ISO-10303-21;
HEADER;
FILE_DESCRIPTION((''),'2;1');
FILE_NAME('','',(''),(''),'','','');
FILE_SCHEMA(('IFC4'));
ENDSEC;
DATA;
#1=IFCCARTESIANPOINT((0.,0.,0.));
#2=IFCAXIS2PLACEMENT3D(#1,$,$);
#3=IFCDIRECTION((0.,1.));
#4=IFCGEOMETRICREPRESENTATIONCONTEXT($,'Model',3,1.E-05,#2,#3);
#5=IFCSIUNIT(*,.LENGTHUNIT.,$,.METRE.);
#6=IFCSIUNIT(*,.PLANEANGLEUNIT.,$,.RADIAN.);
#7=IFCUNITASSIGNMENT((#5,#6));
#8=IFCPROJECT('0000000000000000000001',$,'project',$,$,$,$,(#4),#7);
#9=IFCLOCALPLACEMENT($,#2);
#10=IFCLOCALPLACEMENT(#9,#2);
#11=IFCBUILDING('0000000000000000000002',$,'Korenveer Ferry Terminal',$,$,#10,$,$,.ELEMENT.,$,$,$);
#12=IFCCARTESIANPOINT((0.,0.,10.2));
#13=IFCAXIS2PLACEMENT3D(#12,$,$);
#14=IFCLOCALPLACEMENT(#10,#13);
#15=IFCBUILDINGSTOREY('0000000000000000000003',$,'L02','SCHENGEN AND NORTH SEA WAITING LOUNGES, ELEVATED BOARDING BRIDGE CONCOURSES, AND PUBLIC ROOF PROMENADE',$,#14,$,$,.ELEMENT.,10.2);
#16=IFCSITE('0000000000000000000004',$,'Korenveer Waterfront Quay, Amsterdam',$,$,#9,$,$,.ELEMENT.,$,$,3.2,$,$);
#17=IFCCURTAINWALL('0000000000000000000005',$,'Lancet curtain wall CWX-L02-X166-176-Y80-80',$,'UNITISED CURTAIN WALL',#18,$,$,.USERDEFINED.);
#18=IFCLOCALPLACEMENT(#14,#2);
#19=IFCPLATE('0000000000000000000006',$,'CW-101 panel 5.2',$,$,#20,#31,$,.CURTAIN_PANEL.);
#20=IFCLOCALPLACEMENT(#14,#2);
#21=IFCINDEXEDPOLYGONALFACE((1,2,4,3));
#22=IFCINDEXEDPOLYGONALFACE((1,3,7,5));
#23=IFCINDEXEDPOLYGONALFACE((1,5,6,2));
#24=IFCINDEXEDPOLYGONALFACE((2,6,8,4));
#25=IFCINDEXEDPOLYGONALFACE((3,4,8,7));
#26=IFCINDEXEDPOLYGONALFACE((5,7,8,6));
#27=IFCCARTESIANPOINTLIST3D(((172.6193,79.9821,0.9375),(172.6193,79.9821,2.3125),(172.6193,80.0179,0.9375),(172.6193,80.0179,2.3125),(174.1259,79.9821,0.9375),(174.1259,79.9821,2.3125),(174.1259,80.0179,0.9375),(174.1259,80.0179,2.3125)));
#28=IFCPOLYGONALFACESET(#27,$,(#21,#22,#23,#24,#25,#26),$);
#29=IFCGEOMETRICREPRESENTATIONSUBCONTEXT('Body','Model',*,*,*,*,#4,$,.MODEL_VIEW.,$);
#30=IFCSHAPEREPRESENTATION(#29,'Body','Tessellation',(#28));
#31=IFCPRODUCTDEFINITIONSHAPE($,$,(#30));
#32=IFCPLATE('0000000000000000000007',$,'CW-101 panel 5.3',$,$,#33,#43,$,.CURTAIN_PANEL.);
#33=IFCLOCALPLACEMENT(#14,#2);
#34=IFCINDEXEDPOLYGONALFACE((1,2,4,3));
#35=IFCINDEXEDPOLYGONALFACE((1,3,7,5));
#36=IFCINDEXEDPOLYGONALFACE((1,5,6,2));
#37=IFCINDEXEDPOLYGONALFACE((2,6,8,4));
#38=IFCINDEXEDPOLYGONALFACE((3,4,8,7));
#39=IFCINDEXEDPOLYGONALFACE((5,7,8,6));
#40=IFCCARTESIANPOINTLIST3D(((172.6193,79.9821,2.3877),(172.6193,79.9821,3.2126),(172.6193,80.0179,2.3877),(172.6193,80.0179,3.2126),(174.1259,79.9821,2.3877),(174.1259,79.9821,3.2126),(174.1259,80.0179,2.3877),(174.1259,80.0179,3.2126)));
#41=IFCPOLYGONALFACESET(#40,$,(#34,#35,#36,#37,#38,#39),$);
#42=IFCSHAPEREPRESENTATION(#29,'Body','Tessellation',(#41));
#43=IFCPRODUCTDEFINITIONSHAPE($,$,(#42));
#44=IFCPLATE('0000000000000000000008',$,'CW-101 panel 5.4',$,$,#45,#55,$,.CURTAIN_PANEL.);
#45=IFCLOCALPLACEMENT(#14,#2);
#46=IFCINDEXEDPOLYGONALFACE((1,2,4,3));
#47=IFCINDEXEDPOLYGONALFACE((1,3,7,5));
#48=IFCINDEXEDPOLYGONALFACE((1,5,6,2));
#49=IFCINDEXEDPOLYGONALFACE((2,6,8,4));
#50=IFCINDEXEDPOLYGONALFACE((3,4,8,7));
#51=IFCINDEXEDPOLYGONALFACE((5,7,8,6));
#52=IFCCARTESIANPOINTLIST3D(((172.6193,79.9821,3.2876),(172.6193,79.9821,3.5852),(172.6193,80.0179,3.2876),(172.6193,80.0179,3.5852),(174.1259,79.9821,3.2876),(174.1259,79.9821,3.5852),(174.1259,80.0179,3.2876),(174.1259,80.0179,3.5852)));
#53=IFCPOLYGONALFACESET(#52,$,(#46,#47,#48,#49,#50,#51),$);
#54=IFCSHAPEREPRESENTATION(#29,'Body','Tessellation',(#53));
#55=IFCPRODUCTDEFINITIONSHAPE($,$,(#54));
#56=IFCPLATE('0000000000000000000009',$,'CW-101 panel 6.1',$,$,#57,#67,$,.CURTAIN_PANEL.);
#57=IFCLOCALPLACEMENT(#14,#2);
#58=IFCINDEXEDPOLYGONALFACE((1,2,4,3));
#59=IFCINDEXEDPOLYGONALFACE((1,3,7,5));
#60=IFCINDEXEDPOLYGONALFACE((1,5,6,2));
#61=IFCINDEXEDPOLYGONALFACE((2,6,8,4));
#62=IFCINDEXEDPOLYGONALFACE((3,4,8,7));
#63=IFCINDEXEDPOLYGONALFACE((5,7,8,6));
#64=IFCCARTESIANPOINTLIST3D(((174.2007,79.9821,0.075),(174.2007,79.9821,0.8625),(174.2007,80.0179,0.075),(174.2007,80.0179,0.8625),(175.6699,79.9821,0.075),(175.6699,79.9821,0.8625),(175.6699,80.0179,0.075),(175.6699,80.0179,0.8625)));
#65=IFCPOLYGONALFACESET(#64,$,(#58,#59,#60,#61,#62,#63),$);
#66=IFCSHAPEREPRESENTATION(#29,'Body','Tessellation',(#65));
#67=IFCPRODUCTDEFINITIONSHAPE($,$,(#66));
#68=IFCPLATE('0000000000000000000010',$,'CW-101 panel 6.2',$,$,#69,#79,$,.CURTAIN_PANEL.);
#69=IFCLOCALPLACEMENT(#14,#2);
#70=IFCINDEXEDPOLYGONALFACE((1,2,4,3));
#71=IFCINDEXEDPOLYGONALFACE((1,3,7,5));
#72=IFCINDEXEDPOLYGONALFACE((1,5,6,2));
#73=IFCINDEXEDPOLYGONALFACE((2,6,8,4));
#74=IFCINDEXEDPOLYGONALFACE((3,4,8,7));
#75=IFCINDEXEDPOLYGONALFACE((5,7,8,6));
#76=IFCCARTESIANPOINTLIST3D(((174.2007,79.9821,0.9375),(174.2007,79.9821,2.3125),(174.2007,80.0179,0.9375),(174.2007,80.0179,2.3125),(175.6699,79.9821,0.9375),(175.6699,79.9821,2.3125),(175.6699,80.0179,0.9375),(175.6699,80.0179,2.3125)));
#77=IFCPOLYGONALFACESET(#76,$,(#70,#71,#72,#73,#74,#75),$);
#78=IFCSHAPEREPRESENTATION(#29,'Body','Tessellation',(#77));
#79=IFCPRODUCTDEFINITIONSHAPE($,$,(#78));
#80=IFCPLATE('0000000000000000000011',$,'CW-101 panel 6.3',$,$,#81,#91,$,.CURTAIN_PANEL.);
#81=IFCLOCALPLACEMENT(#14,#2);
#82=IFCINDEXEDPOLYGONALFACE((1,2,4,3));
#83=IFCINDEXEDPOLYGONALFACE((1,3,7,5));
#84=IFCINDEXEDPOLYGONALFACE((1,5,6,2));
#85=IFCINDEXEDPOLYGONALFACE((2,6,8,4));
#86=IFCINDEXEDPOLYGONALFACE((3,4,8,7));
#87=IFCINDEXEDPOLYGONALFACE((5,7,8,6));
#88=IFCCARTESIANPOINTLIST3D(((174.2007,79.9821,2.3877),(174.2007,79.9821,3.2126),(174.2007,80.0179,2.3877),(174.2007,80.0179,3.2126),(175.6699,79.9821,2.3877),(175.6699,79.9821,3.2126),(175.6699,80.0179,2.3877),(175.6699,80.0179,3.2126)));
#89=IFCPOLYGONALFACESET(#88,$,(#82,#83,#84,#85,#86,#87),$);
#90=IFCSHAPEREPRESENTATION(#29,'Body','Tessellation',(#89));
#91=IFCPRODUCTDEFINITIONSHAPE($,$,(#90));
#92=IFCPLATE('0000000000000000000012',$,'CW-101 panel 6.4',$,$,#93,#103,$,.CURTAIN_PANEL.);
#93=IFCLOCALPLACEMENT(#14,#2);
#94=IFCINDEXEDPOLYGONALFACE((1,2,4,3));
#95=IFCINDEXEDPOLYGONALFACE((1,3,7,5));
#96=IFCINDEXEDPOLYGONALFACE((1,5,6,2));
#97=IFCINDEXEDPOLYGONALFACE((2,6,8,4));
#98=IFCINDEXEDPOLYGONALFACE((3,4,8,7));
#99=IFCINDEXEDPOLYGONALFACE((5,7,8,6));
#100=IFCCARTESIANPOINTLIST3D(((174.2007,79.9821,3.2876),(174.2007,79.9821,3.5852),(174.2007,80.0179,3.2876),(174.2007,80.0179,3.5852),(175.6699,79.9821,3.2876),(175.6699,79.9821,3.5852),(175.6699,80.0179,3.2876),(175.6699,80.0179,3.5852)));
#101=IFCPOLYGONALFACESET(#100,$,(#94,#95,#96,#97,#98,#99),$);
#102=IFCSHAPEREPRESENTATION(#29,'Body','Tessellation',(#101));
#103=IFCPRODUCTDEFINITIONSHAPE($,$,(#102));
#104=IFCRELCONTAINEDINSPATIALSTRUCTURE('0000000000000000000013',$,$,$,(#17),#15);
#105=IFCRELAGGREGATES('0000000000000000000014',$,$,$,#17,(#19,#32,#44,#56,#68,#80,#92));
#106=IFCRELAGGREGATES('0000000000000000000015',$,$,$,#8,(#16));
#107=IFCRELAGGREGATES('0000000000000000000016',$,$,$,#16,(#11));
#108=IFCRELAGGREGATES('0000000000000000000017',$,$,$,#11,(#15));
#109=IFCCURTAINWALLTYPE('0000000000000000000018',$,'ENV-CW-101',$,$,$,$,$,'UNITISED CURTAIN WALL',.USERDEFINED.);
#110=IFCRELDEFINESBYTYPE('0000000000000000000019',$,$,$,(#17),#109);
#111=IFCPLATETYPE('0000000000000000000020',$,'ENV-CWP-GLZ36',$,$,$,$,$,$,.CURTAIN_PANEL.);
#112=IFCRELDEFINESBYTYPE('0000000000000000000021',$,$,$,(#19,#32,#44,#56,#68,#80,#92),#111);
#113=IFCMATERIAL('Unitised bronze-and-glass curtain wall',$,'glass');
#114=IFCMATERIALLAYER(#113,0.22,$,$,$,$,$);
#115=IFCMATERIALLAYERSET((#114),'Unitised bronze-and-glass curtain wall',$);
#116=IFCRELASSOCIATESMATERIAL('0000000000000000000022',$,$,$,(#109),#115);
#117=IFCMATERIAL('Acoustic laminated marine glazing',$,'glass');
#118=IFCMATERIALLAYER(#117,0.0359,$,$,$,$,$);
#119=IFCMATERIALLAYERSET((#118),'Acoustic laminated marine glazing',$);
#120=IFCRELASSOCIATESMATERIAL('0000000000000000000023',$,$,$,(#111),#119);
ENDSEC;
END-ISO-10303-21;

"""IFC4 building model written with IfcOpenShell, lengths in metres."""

from ifc_helpers import new_model, si_unit, direction, frame, origin, origin_2d, place, context, subcontext, project, spatial, rectangle, extrude, material, layer, layer_set, type_object, element, aggregate, save


model = new_model("IFC4")

# Units and contexts
model_context = context("Model", 3, precision=1e-05, world=origin(), true_north=direction((0.0, 1.0)))
body_context = subcontext(model_context, "Body", "Model", "MODEL_VIEW")
ifc_project = project(units=[si_unit("LENGTHUNIT", "METRE"), si_unit("PLANEANGLEUNIT", "RADIAN")], contexts=[model_context])

# Site, building, storey
site_placement = place(None, origin())
site = spatial("IfcSite", under=ifc_project, at=site_placement, Name="Korenveer Waterfront Quay, Amsterdam", CompositionType="ELEMENT", RefElevation=3.2)
building_placement = place(site_placement, origin())
building = spatial("IfcBuilding", under=site, at=building_placement, Name="Korenveer Ferry Terminal", CompositionType="ELEMENT")
storey_placement = place(building_placement, frame((0.0, 0.0, 10.2)))
storey = spatial("IfcBuildingStorey", under=building, at=storey_placement, Name="L02", Description="SCHENGEN AND NORTH SEA WAITING LOUNGES, ELEVATED BOARDING BRIDGE CONCOURSES, AND PUBLIC ROOF PROMENADE", CompositionType="ELEMENT", Elevation=10.2)

# Curtain wall, plates
ifc_material_1 = material(Name="Unitised bronze-and-glass curtain wall", Category="glass")
ifc_layer_1 = layer(ifc_material_1, 0.22)
ifc_layer_set_1 = layer_set([ifc_layer_1], Name="Unitised bronze-and-glass curtain wall")
curtain_wall_type = type_object("IfcCurtainWallType", Name="ENV-CW-101", ElementType="UNITISED CURTAIN WALL", PredefinedType="USERDEFINED", material=ifc_layer_set_1)
curtain_wall_placement = place(storey_placement, frame((166.2549, 80.0, 0.0)))
curtain_wall = element("IfcCurtainWall", 1, at=curtain_wall_placement, inside=storey, type_object=curtain_wall_type, Name="Lancet curtain wall CWX-L02-X166-176-Y80-80", ObjectType="UNITISED CURTAIN WALL", PredefinedType="USERDEFINED")
ifc_material_2 = material(Name="Acoustic laminated marine glazing", Category="glass")
ifc_layer_2 = layer(ifc_material_2, 0.0359)
ifc_layer_set_2 = layer_set([ifc_layer_2], Name="Acoustic laminated marine glazing")
plate_type = type_object("IfcPlateType", Name="ENV-CWP-GLZ36", PredefinedType="CURTAIN_PANEL", material=ifc_layer_set_2)
plate_1_placement = place(storey_placement, frame((173.3726, 80.0, 0.9375), z_axis=(0.0, 0.0, 1.0), x_axis=(1.0, 0.0, 0.0)))
plate_1 = element("IfcPlate", 2, at=plate_1_placement, type_object=plate_type, Name="CW-101 panel 5.2", PredefinedType="CURTAIN_PANEL", context=body_context, shape_type="SweptSolid", body=[
    extrude(rectangle(XDim=1.5066, YDim=0.0359, at=origin_2d()), origin(), (0.0, 0.0, 1.0), 1.375),
])
plate_2_placement = place(storey_placement, frame((173.3726, 80.0, 2.3877), z_axis=(0.0, 0.0, 1.0), x_axis=(1.0, 0.0, 0.0)))
plate_2 = element("IfcPlate", 3, at=plate_2_placement, type_object=plate_type, Name="CW-101 panel 5.3", PredefinedType="CURTAIN_PANEL", context=body_context, shape_type="SweptSolid", body=[
    extrude(rectangle(XDim=1.5066, YDim=0.0359, at=origin_2d()), origin(), (0.0, 0.0, 1.0), 0.825),
])
plate_3_placement = place(storey_placement, frame((173.3726, 80.0, 3.2876), z_axis=(0.0, 0.0, 1.0), x_axis=(1.0, 0.0, 0.0)))
plate_3 = element("IfcPlate", 4, at=plate_3_placement, type_object=plate_type, Name="CW-101 panel 5.4", PredefinedType="CURTAIN_PANEL", context=body_context, shape_type="SweptSolid", body=[
    extrude(rectangle(XDim=1.5066, YDim=0.0359, at=origin_2d()), origin(), (0.0, 0.0, 1.0), 0.2976),
])
plate_4_placement = place(storey_placement, frame((174.9353, 80.0, 0.075), z_axis=(0.0, 0.0, 1.0), x_axis=(1.0, 0.0, 0.0)))
plate_4 = element("IfcPlate", 5, at=plate_4_placement, type_object=plate_type, Name="CW-101 panel 6.1", PredefinedType="CURTAIN_PANEL", context=body_context, shape_type="SweptSolid", body=[
    extrude(rectangle(XDim=1.4692, YDim=0.0359, at=origin_2d()), origin(), (0.0, 0.0, 1.0), 0.7876),
])
plate_5_placement = place(storey_placement, frame((174.9353, 80.0, 0.9375), z_axis=(0.0, 0.0, 1.0), x_axis=(1.0, 0.0, 0.0)))
plate_5 = element("IfcPlate", 6, at=plate_5_placement, type_object=plate_type, Name="CW-101 panel 6.2", PredefinedType="CURTAIN_PANEL", context=body_context, shape_type="SweptSolid", body=[
    extrude(rectangle(XDim=1.4692, YDim=0.0359, at=origin_2d()), origin(), (0.0, 0.0, 1.0), 1.375),
])
plate_6_placement = place(storey_placement, frame((174.9353, 80.0, 2.3877), z_axis=(0.0, 0.0, 1.0), x_axis=(1.0, 0.0, 0.0)))
plate_6 = element("IfcPlate", 7, at=plate_6_placement, type_object=plate_type, Name="CW-101 panel 6.3", PredefinedType="CURTAIN_PANEL", context=body_context, shape_type="SweptSolid", body=[
    extrude(rectangle(XDim=1.4692, YDim=0.0359, at=origin_2d()), origin(), (0.0, 0.0, 1.0), 0.825),
])
plate_7_placement = place(storey_placement, frame((174.9353, 80.0, 3.2876), z_axis=(0.0, 0.0, 1.0), x_axis=(1.0, 0.0, 0.0)))
plate_7 = element("IfcPlate", 8, at=plate_7_placement, type_object=plate_type, Name="CW-101 panel 6.4", PredefinedType="CURTAIN_PANEL", context=body_context, shape_type="SweptSolid", body=[
    extrude(rectangle(XDim=1.4692, YDim=0.0359, at=origin_2d()), origin(), (0.0, 0.0, 1.0), 0.2976),
])
aggregate(curtain_wall, [plate_1, plate_2, plate_3, plate_4, plate_5, plate_6, plate_7])

save(model, "model.ifc")
